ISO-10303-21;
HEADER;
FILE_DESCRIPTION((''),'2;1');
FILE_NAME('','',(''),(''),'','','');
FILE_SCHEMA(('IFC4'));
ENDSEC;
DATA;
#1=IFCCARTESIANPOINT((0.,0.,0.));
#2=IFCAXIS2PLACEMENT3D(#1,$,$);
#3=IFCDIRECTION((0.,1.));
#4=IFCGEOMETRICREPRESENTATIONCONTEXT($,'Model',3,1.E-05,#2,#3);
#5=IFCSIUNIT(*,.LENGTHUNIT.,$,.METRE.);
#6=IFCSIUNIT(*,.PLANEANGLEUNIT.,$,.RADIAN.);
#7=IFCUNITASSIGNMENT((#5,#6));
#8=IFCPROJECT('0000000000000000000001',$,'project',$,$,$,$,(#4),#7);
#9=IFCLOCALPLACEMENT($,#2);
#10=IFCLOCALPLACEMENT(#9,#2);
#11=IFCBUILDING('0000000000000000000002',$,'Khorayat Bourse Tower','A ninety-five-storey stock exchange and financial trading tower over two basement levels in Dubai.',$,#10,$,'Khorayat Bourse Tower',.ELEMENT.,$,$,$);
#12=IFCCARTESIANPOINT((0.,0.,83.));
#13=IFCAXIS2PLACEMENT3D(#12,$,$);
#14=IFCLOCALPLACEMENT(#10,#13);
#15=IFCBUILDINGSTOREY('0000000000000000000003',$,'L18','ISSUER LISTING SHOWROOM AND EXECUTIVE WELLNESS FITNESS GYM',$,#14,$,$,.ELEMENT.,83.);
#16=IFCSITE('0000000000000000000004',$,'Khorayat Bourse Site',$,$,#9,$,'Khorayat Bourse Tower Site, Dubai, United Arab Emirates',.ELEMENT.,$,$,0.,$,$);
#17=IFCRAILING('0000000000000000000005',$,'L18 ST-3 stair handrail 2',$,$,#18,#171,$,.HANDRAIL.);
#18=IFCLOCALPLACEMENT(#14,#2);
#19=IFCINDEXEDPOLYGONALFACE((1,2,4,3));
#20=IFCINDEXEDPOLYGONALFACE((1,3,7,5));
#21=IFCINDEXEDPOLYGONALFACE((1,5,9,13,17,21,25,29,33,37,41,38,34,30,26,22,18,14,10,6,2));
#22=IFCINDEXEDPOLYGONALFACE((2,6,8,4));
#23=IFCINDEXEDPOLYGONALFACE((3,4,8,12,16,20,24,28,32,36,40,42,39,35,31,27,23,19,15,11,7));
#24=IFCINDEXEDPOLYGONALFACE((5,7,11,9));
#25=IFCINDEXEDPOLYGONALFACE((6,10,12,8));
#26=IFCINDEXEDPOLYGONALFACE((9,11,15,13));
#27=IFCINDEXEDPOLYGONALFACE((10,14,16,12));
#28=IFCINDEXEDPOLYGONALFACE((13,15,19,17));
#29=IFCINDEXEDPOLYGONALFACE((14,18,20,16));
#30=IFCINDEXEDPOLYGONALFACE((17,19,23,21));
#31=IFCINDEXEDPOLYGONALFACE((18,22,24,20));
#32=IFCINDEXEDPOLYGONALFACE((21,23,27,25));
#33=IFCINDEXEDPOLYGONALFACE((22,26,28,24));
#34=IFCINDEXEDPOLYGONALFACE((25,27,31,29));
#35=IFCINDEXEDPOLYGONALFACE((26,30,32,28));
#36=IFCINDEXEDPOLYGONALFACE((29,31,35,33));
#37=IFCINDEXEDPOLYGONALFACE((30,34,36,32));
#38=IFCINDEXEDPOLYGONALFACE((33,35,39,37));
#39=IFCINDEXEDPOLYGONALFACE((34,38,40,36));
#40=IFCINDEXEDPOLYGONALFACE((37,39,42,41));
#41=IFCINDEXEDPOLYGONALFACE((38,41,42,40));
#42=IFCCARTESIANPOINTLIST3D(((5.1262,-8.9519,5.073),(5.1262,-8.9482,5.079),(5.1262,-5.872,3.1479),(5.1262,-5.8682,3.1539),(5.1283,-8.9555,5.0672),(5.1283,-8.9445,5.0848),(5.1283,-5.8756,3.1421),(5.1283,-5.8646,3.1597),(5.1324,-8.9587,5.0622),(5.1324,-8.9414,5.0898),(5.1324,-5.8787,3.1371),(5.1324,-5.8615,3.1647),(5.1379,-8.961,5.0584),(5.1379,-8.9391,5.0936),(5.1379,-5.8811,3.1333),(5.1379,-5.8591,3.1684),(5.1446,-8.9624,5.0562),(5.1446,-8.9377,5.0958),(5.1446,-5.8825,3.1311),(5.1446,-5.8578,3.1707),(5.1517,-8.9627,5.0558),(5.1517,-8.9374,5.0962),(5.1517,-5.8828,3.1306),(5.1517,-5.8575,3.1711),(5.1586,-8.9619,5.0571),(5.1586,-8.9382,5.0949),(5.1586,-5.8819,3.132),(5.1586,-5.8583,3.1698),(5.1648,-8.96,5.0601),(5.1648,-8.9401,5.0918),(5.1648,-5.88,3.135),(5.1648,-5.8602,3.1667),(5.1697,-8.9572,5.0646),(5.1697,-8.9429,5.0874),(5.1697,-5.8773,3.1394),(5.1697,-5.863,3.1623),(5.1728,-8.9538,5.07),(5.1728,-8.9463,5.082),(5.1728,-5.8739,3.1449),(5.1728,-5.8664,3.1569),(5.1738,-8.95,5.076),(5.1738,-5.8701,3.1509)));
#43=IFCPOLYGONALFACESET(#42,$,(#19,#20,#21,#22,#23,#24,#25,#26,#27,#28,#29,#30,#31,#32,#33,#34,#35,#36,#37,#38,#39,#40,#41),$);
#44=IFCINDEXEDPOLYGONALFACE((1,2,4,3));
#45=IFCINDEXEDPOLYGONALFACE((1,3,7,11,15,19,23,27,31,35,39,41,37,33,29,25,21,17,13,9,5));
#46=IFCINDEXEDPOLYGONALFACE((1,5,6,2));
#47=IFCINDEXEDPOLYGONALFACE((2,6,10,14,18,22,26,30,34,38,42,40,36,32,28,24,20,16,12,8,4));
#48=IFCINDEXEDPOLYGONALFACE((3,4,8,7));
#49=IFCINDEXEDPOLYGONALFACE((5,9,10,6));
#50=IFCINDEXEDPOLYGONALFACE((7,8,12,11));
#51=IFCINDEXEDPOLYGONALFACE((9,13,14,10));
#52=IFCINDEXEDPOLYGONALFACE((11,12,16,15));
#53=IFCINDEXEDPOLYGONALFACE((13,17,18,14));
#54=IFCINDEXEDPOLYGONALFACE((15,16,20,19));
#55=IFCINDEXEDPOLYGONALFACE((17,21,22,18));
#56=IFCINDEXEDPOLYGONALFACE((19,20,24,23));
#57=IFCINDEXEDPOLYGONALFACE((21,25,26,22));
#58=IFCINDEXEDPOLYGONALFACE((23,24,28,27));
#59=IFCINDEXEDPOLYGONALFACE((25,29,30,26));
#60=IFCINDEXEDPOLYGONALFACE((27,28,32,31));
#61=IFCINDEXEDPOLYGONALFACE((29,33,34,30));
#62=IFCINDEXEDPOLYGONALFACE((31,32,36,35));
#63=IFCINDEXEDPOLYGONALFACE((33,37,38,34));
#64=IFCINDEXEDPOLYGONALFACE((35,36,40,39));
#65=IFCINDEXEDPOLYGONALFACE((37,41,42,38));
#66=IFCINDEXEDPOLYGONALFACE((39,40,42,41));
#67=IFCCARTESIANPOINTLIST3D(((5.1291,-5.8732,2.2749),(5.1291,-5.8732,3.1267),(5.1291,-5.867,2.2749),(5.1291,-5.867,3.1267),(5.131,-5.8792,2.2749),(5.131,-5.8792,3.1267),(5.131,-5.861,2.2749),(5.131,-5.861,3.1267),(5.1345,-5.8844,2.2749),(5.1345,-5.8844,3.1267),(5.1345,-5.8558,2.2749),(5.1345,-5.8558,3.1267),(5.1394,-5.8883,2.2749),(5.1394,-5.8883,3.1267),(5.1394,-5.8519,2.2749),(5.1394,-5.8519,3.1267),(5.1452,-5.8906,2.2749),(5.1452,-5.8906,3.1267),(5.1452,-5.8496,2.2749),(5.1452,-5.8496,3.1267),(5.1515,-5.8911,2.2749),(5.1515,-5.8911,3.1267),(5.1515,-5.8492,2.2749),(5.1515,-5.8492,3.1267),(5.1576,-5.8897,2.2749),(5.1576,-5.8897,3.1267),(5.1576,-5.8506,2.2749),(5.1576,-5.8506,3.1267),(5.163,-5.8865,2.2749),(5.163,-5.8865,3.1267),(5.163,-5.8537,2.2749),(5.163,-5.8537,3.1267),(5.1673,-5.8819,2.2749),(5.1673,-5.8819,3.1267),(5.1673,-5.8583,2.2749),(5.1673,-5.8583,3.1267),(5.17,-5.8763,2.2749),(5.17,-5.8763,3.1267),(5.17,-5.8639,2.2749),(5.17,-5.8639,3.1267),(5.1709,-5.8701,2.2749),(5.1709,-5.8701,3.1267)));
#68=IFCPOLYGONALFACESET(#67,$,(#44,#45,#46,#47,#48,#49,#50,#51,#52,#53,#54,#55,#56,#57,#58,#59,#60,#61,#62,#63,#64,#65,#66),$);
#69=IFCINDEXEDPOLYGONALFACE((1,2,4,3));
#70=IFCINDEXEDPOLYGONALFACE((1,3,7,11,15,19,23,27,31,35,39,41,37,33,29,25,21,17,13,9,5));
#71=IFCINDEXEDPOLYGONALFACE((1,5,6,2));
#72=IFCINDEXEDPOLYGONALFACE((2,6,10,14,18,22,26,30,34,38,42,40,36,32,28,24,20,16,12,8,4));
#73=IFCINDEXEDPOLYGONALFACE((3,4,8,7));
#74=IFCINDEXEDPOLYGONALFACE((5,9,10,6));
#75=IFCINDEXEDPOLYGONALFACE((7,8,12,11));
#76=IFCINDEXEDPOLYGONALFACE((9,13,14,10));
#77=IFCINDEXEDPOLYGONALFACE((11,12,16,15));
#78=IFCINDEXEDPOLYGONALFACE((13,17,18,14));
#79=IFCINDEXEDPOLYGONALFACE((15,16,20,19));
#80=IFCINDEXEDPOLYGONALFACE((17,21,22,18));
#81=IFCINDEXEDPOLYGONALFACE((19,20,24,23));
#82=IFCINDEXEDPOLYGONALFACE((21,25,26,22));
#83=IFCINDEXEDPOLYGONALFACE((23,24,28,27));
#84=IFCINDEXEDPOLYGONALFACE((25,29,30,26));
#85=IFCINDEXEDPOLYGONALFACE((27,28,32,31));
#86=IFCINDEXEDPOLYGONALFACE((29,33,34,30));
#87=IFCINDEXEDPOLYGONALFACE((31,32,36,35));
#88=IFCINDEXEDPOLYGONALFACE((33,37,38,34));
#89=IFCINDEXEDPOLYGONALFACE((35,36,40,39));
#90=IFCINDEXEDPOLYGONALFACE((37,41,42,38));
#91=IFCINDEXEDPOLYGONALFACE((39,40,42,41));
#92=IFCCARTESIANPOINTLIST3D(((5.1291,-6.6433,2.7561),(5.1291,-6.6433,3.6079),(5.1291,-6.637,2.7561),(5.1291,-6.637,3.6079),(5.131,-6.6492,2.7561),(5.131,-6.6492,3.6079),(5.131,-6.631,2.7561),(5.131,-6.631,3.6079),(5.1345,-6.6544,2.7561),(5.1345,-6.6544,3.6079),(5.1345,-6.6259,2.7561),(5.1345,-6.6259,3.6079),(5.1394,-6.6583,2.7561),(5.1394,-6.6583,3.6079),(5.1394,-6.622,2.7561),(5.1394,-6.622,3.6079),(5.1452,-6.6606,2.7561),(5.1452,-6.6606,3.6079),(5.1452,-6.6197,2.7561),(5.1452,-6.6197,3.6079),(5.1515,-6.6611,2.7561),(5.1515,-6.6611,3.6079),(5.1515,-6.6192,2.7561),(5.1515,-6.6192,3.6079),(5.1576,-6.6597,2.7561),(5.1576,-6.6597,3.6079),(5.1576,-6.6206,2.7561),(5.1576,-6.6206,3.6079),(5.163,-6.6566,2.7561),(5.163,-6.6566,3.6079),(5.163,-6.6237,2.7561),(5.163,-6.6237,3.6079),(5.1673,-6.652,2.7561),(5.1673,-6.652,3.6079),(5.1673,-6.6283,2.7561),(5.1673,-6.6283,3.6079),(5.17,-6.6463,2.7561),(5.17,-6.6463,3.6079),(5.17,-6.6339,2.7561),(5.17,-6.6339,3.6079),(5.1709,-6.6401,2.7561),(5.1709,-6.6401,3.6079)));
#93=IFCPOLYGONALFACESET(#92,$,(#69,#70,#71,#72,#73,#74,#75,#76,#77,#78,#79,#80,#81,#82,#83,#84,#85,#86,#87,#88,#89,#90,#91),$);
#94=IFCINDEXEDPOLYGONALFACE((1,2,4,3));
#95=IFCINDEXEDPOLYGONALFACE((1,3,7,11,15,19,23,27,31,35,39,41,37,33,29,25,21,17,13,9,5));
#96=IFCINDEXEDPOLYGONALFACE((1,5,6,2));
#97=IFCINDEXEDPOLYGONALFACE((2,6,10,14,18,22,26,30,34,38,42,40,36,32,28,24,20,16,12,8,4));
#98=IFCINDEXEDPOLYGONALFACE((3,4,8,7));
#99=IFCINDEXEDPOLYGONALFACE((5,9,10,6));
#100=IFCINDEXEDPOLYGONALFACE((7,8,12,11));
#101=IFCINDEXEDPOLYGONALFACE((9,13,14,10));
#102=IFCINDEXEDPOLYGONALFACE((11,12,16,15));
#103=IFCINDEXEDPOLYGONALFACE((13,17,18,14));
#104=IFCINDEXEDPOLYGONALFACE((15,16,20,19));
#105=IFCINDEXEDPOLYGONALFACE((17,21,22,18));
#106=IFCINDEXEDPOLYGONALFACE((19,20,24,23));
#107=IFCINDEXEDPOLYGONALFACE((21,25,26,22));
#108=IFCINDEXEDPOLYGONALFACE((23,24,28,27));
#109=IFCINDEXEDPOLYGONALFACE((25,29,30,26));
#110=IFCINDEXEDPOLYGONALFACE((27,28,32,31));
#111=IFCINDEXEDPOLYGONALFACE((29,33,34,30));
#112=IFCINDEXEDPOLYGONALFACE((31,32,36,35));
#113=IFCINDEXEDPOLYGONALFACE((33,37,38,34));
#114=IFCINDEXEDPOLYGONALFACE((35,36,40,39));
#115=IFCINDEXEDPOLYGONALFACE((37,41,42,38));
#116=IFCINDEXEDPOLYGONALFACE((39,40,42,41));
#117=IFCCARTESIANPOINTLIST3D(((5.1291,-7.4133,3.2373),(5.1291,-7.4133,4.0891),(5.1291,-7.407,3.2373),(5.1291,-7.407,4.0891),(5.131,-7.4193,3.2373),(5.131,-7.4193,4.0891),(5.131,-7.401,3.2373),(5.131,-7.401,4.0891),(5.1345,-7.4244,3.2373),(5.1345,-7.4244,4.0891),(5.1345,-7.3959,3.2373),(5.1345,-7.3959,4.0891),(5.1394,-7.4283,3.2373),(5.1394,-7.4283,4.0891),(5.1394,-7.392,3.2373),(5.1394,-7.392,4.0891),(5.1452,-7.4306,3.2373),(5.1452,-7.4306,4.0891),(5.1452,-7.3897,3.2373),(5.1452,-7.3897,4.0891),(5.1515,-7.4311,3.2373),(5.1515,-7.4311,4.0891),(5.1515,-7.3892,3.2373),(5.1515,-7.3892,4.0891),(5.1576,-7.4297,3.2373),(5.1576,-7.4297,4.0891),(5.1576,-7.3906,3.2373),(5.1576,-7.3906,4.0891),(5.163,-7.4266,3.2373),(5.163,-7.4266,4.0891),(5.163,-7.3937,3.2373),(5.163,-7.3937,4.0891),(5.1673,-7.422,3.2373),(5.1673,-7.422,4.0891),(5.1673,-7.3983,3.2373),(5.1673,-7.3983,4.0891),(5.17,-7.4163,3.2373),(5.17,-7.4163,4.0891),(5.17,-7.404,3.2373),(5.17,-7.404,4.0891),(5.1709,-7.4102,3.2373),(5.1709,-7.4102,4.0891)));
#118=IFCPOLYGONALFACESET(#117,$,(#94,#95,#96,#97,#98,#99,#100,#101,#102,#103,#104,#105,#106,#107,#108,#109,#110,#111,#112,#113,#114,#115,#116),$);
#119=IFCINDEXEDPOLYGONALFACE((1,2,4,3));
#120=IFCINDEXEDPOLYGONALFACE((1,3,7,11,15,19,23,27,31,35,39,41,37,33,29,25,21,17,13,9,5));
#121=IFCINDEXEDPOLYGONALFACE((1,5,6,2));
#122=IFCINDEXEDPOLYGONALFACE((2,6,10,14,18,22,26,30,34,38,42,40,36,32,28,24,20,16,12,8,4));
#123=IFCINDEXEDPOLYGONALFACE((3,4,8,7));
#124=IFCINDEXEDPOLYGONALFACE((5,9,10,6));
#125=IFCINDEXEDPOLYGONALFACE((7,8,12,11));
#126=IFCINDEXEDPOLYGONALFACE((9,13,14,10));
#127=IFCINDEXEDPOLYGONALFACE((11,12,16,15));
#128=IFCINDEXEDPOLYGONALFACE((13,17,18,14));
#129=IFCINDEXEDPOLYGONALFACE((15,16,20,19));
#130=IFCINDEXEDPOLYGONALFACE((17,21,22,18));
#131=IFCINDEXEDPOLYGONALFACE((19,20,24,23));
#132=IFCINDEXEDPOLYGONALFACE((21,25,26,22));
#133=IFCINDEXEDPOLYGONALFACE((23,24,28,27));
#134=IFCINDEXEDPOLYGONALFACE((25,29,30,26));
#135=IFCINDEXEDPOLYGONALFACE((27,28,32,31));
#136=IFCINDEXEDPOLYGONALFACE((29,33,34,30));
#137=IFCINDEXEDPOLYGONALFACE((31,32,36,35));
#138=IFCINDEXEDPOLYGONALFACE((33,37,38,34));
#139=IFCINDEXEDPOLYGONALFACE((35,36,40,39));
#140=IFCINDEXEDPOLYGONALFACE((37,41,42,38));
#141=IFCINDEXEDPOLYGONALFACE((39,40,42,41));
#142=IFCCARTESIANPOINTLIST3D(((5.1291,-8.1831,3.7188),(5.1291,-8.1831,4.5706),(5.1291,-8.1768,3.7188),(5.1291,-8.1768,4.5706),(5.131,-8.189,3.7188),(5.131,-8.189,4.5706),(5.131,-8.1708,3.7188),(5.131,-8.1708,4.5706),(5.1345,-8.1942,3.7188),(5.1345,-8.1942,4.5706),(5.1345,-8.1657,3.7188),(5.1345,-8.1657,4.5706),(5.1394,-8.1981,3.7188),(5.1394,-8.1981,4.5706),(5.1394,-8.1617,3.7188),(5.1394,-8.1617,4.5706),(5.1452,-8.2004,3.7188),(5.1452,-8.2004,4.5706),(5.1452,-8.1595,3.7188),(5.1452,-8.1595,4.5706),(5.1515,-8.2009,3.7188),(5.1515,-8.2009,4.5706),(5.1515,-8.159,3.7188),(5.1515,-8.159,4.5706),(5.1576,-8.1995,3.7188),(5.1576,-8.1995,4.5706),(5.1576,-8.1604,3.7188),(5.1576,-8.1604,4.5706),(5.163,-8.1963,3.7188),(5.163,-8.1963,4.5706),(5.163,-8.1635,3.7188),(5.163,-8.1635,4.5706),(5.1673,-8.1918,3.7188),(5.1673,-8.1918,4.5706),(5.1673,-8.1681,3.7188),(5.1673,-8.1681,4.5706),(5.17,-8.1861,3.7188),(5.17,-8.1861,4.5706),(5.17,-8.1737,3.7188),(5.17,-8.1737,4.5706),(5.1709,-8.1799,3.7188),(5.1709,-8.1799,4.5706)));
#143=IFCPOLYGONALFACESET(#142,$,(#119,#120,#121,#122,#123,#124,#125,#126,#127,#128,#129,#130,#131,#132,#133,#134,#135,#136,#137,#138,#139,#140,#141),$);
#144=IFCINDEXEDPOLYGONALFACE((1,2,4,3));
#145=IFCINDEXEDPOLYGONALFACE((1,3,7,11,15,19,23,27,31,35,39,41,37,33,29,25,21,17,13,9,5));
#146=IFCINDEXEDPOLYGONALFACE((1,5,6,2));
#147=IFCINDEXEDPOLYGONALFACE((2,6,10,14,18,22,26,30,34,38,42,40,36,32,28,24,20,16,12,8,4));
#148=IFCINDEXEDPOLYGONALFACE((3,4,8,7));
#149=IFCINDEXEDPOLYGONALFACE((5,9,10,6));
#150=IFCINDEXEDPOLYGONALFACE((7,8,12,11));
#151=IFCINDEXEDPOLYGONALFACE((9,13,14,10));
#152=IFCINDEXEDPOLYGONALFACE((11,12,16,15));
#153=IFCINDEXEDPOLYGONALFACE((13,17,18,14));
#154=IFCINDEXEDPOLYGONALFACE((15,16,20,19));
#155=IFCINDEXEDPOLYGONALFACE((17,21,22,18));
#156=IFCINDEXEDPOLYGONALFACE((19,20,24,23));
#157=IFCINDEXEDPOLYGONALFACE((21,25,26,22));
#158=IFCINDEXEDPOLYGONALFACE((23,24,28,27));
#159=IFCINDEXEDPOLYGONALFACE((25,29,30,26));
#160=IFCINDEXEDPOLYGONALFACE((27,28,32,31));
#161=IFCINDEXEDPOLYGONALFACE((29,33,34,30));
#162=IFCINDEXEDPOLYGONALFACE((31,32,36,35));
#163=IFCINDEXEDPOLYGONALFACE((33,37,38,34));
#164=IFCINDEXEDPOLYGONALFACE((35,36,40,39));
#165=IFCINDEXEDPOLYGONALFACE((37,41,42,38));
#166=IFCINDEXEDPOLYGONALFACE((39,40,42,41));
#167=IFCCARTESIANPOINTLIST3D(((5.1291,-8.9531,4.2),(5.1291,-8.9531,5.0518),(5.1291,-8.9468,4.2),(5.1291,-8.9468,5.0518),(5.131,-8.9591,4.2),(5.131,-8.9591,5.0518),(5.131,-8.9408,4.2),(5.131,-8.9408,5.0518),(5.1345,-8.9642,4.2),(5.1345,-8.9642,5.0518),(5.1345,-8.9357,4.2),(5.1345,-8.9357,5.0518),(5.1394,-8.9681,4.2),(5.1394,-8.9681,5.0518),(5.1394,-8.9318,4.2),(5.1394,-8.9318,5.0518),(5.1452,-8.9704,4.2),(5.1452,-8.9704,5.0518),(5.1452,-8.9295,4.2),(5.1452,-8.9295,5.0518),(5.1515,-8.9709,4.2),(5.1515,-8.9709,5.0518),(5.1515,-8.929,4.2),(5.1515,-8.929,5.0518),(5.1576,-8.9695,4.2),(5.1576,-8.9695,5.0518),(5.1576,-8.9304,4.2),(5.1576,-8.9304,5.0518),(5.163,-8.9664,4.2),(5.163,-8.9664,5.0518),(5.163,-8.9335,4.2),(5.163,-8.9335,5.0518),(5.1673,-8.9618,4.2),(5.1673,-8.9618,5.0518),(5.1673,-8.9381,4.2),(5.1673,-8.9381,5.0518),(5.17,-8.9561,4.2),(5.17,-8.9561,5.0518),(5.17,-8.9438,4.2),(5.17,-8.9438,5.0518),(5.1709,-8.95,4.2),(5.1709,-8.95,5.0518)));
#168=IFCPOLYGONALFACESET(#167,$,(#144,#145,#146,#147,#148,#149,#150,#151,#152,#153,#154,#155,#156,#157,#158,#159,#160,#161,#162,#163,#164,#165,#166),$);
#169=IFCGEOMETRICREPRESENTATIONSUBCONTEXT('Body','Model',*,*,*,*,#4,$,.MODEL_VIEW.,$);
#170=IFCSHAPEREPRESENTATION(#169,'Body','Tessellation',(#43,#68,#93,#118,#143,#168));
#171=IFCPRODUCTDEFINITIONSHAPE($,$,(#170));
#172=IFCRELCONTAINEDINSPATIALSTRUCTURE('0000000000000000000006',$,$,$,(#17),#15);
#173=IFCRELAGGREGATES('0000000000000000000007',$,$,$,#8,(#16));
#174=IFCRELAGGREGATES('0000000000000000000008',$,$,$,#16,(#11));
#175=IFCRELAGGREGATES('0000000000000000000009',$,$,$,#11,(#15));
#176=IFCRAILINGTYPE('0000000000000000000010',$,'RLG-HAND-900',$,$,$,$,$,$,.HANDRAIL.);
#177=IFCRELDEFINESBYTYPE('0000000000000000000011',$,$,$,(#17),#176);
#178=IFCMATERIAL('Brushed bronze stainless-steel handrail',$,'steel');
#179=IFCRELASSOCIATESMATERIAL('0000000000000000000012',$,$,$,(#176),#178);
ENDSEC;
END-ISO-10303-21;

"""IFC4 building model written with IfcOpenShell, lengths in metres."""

from ifc_helpers import new_model, si_unit, direction, frame, origin, origin_2d, place, context, subcontext, project, spatial, circle, extrude, source, transform, mapped, material, type_object, element, save


model = new_model("IFC4")

# Units and contexts
model_context = context("Model", 3, precision=1e-05, world=origin(), true_north=direction((0.0, 1.0)))
body_context = subcontext(model_context, "Body", "Model", "MODEL_VIEW")
ifc_project = project(units=[si_unit("LENGTHUNIT", "METRE"), si_unit("PLANEANGLEUNIT", "RADIAN")], contexts=[model_context])

# Site, building, storey
site_placement = place(None, origin())
site = spatial("IfcSite", under=ifc_project, at=site_placement, Name="Khorayat Bourse Site", LongName="Khorayat Bourse Tower Site, Dubai, United Arab Emirates", CompositionType="ELEMENT", RefElevation=0.0)
building_placement = place(site_placement, origin())
building = spatial("IfcBuilding", under=site, at=building_placement, Name="Khorayat Bourse Tower", Description="A ninety-five-storey stock exchange and financial trading tower over two basement levels in Dubai.", LongName="Khorayat Bourse Tower", CompositionType="ELEMENT")
storey_placement = place(building_placement, frame((0.0, 0.0, 83.0)))
storey = spatial("IfcBuildingStorey", under=building, at=storey_placement, Name="L18", Description="ISSUER LISTING SHOWROOM AND EXECUTIVE WELLNESS FITNESS GYM", CompositionType="ELEMENT", Elevation=83.0)

# Railing
ifc_material_1 = material(Name="Brushed bronze stainless-steel handrail", Category="steel")
railing_type_1 = type_object("IfcRailingType", Name="RLG-HAND-900", PredefinedType="HANDRAIL", material=ifc_material_1)
shared_shape_1 = source(origin(), body_context, "Body", "SweptSolid", [
    extrude(circle(Radius=0.0239, at=origin_2d()), frame((0.0, 0.0, 0.876), z_axis=(0.0, -0.847979, 0.530029), x_axis=(1.0, 0.0, 0.0)), (0.0, 0.0, 1.0), 3.6321),
    extrude(circle(Radius=0.021, at=origin_2d()), origin(), (0.0, 0.0, 1.0), 0.8518),
    extrude(circle(Radius=0.021, at=origin_2d()), frame((0.0, -0.77, 0.4812)), (0.0, 0.0, 1.0), 0.8518),
    extrude(circle(Radius=0.021, at=origin_2d()), frame((0.0, -1.54, 0.9624)), (0.0, 0.0, 1.0), 0.8518),
    extrude(circle(Radius=0.021, at=origin_2d()), frame((0.0, -2.3098, 1.4438)), (0.0, 0.0, 1.0), 0.8518),
    extrude(circle(Radius=0.021, at=origin_2d()), frame((0.0, -3.0798, 1.925)), (0.0, 0.0, 1.0), 0.8518),
])
railing_1_placement = place(storey_placement, frame((5.1499, -5.8701, 2.2749)))
element("IfcRailing", 1, at=railing_1_placement, inside=storey, type_object=railing_type_1, Name="L18 ST-3 stair handrail 2", PredefinedType="HANDRAIL", context=body_context, shape_type="MappedRepresentation", body=[
    mapped(shared_shape_1, transform((0.0, 0.0, 0.0), scale=1.0)),
])

save(model, "model.ifc")
